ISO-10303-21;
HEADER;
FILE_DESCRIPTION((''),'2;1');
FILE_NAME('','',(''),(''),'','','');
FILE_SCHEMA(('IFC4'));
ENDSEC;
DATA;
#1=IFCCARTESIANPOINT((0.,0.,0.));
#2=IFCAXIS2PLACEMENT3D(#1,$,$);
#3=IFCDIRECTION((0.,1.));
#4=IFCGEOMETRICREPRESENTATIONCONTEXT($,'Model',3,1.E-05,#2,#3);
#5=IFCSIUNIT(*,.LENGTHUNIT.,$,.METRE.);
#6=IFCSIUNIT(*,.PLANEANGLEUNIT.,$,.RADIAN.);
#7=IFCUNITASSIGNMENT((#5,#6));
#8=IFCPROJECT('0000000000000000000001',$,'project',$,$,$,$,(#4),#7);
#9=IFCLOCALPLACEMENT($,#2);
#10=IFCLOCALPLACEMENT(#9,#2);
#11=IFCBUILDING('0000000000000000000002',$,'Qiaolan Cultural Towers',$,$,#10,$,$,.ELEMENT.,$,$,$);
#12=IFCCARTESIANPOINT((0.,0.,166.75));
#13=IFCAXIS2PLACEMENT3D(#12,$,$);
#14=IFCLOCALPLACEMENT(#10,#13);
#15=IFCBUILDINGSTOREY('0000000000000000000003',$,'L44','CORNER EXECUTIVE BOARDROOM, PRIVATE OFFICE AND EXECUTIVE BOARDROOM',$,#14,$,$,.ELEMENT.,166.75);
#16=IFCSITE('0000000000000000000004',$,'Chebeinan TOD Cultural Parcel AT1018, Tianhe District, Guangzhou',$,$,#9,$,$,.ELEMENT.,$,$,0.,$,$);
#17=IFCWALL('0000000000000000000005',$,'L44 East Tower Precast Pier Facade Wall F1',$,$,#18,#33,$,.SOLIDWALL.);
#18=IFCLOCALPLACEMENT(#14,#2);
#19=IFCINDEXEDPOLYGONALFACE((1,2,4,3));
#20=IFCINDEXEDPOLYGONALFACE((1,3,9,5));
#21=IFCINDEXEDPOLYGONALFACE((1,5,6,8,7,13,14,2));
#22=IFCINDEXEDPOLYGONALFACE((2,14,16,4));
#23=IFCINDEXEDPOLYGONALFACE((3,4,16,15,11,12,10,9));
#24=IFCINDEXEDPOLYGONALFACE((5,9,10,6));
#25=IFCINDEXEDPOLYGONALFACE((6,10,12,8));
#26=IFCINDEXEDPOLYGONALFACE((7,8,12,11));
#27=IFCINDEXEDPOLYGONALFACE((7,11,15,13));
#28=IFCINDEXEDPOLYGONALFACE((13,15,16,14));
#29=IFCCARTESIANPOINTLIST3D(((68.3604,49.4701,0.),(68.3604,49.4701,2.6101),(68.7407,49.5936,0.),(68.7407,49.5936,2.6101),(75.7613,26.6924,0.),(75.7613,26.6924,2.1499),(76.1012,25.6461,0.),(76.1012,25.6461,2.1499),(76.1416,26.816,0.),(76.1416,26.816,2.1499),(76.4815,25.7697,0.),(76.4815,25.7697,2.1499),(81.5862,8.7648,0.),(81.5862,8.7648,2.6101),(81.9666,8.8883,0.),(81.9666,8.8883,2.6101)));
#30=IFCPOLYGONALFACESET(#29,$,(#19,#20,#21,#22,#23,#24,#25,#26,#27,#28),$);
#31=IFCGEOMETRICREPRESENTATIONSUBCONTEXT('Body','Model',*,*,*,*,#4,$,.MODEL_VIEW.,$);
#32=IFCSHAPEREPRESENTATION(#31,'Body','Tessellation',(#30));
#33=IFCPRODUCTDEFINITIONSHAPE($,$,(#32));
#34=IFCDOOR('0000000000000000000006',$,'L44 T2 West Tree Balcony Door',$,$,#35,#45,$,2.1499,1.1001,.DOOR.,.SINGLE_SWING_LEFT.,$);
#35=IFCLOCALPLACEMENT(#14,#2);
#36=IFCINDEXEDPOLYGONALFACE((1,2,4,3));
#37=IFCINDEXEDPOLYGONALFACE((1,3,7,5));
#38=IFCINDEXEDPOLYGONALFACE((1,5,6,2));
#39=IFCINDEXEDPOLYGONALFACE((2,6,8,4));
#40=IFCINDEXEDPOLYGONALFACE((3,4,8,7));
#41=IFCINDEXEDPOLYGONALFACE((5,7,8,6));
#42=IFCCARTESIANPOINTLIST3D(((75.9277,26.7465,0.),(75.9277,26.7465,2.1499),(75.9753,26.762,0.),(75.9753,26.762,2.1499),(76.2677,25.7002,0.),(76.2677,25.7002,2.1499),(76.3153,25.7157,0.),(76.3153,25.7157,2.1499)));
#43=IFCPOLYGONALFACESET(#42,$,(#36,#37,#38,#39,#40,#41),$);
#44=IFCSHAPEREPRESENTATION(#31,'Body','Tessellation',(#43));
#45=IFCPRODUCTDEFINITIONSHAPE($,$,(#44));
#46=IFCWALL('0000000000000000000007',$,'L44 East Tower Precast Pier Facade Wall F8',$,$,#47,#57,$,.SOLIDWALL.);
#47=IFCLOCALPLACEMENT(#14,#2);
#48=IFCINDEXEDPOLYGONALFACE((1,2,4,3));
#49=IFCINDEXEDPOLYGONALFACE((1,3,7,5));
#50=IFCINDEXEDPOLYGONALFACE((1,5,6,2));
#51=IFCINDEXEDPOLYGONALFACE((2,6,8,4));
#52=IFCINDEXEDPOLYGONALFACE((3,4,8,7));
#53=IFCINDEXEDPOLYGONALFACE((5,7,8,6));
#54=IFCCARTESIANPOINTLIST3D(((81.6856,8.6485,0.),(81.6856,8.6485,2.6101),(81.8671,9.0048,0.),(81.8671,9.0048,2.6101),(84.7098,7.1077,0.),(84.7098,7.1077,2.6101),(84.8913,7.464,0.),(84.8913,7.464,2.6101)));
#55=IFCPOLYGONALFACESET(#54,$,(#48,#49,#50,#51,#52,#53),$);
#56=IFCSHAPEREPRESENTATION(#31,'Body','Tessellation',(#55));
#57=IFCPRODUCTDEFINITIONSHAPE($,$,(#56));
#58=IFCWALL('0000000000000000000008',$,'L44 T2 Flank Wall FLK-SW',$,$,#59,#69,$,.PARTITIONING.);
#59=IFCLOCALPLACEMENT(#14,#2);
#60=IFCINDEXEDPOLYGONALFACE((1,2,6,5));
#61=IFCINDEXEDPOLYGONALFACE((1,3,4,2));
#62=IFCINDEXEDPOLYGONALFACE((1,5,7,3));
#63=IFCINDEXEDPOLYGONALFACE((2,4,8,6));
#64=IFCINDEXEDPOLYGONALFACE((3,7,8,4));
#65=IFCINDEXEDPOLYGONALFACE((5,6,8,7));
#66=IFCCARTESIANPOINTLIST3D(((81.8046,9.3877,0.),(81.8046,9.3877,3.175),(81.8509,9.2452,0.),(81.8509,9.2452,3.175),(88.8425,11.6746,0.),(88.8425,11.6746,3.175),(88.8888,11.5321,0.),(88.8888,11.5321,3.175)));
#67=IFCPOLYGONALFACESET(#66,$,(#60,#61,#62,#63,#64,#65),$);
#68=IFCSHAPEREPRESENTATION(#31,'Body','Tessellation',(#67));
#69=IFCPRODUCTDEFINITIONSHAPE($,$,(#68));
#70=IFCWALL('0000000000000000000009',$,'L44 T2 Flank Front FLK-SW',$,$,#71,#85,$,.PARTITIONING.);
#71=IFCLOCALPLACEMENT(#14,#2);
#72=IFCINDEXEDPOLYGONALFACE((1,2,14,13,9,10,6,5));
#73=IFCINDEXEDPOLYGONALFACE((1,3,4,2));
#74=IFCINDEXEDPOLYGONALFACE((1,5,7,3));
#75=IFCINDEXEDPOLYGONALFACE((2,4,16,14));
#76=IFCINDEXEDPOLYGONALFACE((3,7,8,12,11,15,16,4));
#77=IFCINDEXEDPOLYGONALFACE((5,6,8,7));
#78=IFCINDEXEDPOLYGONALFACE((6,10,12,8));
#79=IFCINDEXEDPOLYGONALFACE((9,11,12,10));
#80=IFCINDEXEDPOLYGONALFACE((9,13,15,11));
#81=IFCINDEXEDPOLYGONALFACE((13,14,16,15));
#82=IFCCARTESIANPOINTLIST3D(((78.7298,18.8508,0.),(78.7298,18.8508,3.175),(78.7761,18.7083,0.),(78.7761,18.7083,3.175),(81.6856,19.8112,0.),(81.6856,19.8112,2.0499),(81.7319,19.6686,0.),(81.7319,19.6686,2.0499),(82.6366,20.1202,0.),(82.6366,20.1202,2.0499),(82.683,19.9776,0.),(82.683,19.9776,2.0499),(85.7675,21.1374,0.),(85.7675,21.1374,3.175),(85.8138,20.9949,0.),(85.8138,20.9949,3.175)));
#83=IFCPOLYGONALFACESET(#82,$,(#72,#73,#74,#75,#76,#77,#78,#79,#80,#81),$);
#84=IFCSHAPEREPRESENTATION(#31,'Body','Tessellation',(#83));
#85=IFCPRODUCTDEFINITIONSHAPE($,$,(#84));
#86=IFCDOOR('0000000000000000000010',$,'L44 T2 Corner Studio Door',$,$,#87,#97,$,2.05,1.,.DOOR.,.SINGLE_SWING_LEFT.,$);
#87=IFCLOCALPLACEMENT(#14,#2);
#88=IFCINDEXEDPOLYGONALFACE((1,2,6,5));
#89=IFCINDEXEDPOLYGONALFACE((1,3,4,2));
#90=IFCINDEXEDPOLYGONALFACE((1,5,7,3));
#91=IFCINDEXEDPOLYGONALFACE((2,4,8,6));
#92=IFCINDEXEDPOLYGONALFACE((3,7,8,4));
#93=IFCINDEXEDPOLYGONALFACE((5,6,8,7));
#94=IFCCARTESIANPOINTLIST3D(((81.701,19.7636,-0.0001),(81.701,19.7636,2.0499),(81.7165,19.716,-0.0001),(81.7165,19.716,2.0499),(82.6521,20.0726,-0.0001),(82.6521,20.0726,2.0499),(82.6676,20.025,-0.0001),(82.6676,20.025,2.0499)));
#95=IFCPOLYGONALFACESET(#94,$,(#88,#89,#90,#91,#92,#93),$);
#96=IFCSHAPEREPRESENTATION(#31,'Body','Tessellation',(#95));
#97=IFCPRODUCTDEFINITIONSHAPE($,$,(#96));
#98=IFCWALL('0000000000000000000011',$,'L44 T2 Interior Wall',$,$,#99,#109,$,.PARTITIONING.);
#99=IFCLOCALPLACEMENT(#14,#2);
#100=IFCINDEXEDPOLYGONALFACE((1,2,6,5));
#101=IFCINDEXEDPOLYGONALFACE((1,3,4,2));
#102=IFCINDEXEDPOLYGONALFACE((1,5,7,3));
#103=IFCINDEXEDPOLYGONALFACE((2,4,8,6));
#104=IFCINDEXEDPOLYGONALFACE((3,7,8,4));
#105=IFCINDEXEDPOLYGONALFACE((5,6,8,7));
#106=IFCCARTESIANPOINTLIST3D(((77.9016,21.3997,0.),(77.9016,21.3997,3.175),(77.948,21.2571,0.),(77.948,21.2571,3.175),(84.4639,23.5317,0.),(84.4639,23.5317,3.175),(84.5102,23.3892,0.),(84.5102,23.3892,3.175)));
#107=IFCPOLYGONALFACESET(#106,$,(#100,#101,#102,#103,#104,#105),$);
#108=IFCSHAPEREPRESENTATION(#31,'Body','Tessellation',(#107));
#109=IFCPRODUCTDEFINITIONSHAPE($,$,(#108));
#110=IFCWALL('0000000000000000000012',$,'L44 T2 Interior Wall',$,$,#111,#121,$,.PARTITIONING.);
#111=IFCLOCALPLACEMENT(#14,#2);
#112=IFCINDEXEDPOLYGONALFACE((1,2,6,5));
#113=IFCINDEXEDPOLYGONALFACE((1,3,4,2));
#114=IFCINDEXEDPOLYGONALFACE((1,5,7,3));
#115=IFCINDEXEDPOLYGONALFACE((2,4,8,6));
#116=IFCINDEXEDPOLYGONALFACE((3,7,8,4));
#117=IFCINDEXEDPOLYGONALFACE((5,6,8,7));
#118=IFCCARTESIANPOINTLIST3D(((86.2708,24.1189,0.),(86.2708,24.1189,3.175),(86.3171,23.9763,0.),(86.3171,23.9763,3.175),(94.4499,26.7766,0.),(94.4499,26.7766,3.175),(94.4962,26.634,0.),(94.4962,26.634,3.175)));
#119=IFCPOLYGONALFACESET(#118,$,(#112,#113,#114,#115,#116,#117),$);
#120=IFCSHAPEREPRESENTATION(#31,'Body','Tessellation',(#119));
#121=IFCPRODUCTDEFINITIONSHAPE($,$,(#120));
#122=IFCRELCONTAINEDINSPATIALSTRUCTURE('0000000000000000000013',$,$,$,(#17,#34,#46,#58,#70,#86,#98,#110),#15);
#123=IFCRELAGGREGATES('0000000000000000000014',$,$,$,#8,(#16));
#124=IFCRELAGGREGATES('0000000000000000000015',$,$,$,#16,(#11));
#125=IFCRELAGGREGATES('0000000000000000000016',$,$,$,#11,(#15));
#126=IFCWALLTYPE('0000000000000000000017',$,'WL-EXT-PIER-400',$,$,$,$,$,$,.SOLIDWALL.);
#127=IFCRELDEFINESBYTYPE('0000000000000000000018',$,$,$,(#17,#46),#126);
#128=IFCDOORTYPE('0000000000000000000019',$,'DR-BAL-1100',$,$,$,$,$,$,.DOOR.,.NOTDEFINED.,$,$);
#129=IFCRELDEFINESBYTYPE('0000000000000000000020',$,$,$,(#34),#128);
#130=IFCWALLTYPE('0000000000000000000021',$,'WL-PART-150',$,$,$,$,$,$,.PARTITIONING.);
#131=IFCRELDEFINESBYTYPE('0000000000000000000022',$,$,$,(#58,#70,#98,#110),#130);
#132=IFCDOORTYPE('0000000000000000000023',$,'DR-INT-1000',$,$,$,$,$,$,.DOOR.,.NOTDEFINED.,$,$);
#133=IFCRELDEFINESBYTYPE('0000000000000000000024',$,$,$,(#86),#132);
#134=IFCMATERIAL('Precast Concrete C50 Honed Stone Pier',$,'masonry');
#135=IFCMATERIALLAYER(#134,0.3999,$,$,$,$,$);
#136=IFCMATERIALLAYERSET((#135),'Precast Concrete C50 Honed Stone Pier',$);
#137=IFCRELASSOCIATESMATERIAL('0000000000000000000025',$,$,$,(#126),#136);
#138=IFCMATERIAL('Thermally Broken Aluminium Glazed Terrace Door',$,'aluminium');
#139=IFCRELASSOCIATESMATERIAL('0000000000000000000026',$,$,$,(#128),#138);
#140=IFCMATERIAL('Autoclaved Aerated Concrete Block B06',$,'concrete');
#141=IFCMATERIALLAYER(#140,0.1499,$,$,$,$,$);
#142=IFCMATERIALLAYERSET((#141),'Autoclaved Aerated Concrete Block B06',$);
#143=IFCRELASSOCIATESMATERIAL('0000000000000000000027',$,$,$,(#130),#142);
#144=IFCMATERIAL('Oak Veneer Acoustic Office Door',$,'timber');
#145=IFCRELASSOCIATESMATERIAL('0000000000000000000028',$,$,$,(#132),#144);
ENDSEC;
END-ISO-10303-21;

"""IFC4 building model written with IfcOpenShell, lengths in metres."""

from ifc_helpers import new_model, si_unit, direction, frame, frame_2d, origin, place, context, subcontext, project, spatial, rectangle, extrude, material, layer, layer_set, type_object, element, fill, save


model = new_model("IFC4")

# Units and contexts
model_context = context("Model", 3, precision=1e-05, world=origin(), true_north=direction((0.0, 1.0)))
body_context = subcontext(model_context, "Body", "Model", "MODEL_VIEW")
ifc_project = project(units=[si_unit("LENGTHUNIT", "METRE"), si_unit("PLANEANGLEUNIT", "RADIAN")], contexts=[model_context])

# Site, building, storey
site_placement = place(None, origin())
site = spatial("IfcSite", under=ifc_project, at=site_placement, Name="Chebeinan TOD Cultural Parcel AT1018, Tianhe District, Guangzhou", CompositionType="ELEMENT", RefElevation=0.0)
building_placement = place(site_placement, origin())
building = spatial("IfcBuilding", under=site, at=building_placement, Name="Qiaolan Cultural Towers", CompositionType="ELEMENT")
storey_placement = place(building_placement, frame((0.0, 0.0, 166.75)))
storey = spatial("IfcBuildingStorey", under=building, at=storey_placement, Name="L44", Description="CORNER EXECUTIVE BOARDROOM, PRIVATE OFFICE AND EXECUTIVE BOARDROOM", CompositionType="ELEMENT", Elevation=166.75)

# Wall, opening, door
ifc_material_1 = material(Name="Precast Concrete C50 Honed Stone Pier", Category="masonry")
ifc_layer_1 = layer(ifc_material_1, 0.3999)
ifc_layer_set_1 = layer_set([ifc_layer_1], Name="Precast Concrete C50 Honed Stone Pier")
wall_type_1 = type_object("IfcWallType", Name="WL-EXT-PIER-400", PredefinedType="SOLIDWALL", material=ifc_layer_set_1)
wall_1_placement = place(storey_placement, frame((81.7764, 8.8267, 0.0), z_axis=(0.0, 0.0, 1.0), x_axis=(-0.309014, 0.951057, 0.0)))
wall_1 = element("IfcWall", 1, at=wall_1_placement, inside=storey, type_object=wall_type_1, Name="L44 East Tower Precast Pier Facade Wall F1", PredefinedType="SOLIDWALL", context=body_context, shape_type="SweptSolid", body=[
    extrude(rectangle(XDim=42.8, YDim=0.3999, at=frame_2d((21.3999, 0.0))), origin(), (0.0, 0.0, 1.0), 2.6101),
])
opening_1_placement = place(wall_1_placement, frame((17.75, 0.0, 0.0)))
opening_1 = element("IfcOpeningElement", 2, at=opening_1_placement, cuts=wall_1, PredefinedType="OPENING", context=body_context, shape_type="SweptSolid", body=[
    extrude(rectangle(XDim=1.1001, YDim=2.1499, at=frame_2d((0.55, 1.075))), frame((0.0, 0.21, 0.0), z_axis=(0.0, -1.0, 0.0), x_axis=(1.0, 0.0, 0.0)), (0.0, 0.0, 1.0), 0.4199),
])
ifc_material_2 = material(Name="Thermally Broken Aluminium Glazed Terrace Door", Category="aluminium")
door_type_1 = type_object("IfcDoorType", Name="DR-BAL-1100", OperationType="NOTDEFINED", PredefinedType="DOOR", material=ifc_material_2)
door_1_placement = place(opening_1_placement, origin())
door_1 = element("IfcDoor", 3, at=door_1_placement, inside=storey, type_object=door_type_1, Name="L44 T2 West Tree Balcony Door", OperationType="SINGLE_SWING_LEFT", OverallHeight=2.1499, OverallWidth=1.1001, PredefinedType="DOOR", context=body_context, shape_type="SweptSolid", body=[
    extrude(rectangle(XDim=1.1001, YDim=2.1499, at=frame_2d((0.55, 1.075))), frame((0.0, 0.0249, 0.0), z_axis=(0.0, -1.0, 0.0), x_axis=(1.0, 0.0, 0.0)), (0.0, 0.0, 1.0), 0.05),
])
fill(opening_1, door_1)

# Walls
wall_2_placement = place(storey_placement, frame((84.8005, 7.2859, 0.0), z_axis=(0.0, 0.0, 1.0), x_axis=(-0.891021, 0.453962, 0.0)))
element("IfcWall", 4, at=wall_2_placement, inside=storey, type_object=wall_type_1, Name="L44 East Tower Precast Pier Facade Wall F8", PredefinedType="SOLIDWALL", context=body_context, shape_type="SweptSolid", body=[
    extrude(rectangle(XDim=3.394, YDim=0.3999, at=frame_2d((1.697, 0.0))), origin(), (0.0, 0.0, 1.0), 2.6101),
])
ifc_material_3 = material(Name="Autoclaved Aerated Concrete Block B06", Category="concrete")
ifc_layer_2 = layer(ifc_material_3, 0.1499)
ifc_layer_set_2 = layer_set([ifc_layer_2], Name="Autoclaved Aerated Concrete Block B06")
wall_type_2 = type_object("IfcWallType", Name="WL-PART-150", PredefinedType="PARTITIONING", material=ifc_layer_set_2)
wall_3_placement = place(storey_placement, frame((81.8276, 9.3164, 0.0), z_axis=(0.0, 0.0, 1.0), x_axis=(0.951051, 0.309033, 0.0)))
element("IfcWall", 5, at=wall_3_placement, inside=storey, type_object=wall_type_2, Name="L44 T2 Flank Wall FLK-SW", PredefinedType="PARTITIONING", context=body_context, shape_type="SweptSolid", body=[
    extrude(rectangle(XDim=7.4001, YDim=0.1499, at=frame_2d((3.7002, 0.0))), origin(), (0.0, 0.0, 1.0), 3.175),
])

# Wall, opening, door
wall_4_placement = place(storey_placement, frame((78.7529, 18.7795, 0.0), z_axis=(0.0, 0.0, 1.0), x_axis=(0.951061, 0.309003, 0.0)))
wall_4 = element("IfcWall", 6, at=wall_4_placement, inside=storey, type_object=wall_type_2, Name="L44 T2 Flank Front FLK-SW", PredefinedType="PARTITIONING", context=body_context, shape_type="SweptSolid", body=[
    extrude(rectangle(XDim=7.3999, YDim=0.1499, at=frame_2d((3.7, 0.0))), origin(), (0.0, 0.0, 1.0), 3.175),
])
opening_2_placement = place(wall_4_placement, frame((3.1079, 0.0, 0.0)))
opening_2 = element("IfcOpeningElement", 7, at=opening_2_placement, cuts=wall_4, PredefinedType="OPENING", context=body_context, shape_type="SweptSolid", body=[
    extrude(rectangle(XDim=1.0, YDim=2.05, at=frame_2d((0.5, 1.0249))), frame((0.0, 0.085, 0.0), z_axis=(0.0, -1.0, 0.0), x_axis=(1.0, 0.0, 0.0)), (0.0, 0.0, 1.0), 0.1699),
])
ifc_material_4 = material(Name="Oak Veneer Acoustic Office Door", Category="timber")
door_type_2 = type_object("IfcDoorType", Name="DR-INT-1000", OperationType="NOTDEFINED", PredefinedType="DOOR", material=ifc_material_4)
door_2_placement = place(opening_2_placement, origin())
door_2 = element("IfcDoor", 8, at=door_2_placement, inside=storey, type_object=door_type_2, Name="L44 T2 Corner Studio Door", OperationType="SINGLE_SWING_LEFT", OverallHeight=2.05, OverallWidth=1.0, PredefinedType="DOOR", context=body_context, shape_type="SweptSolid", body=[
    extrude(rectangle(XDim=1.0, YDim=2.05, at=frame_2d((0.5, 1.0249))), frame((0.0, 0.0249, 0.0), z_axis=(0.0, -1.0, 0.0), x_axis=(1.0, 0.0, 0.0)), (0.0, 0.0, 1.0), 0.05),
])
fill(opening_2, door_2)

# Walls
wall_5_placement = place(storey_placement, frame((77.9248, 21.3284, 0.0), z_axis=(0.0, 0.0, 1.0), x_axis=(0.951062, 0.309, 0.0)))
element("IfcWall", 9, at=wall_5_placement, inside=storey, type_object=wall_type_2, Name="L44 T2 Interior Wall", PredefinedType="PARTITIONING", context=body_context, shape_type="SweptSolid", body=[
    extrude(rectangle(XDim=6.8999, YDim=0.1499, at=frame_2d((3.45, 0.0))), origin(), (0.0, 0.0, 1.0), 3.175),
])
wall_6_placement = place(storey_placement, frame((86.2939, 24.0476, 0.0), z_axis=(0.0, 0.0, 1.0), x_axis=(0.951052, 0.309031, 0.0)))
element("IfcWall", 10, at=wall_6_placement, inside=storey, type_object=wall_type_2, Name="L44 T2 Interior Wall", PredefinedType="PARTITIONING", context=body_context, shape_type="SweptSolid", body=[
    extrude(rectangle(XDim=8.6001, YDim=0.1499, at=frame_2d((4.3, 0.0))), origin(), (0.0, 0.0, 1.0), 3.175),
])

save(model, "model.ifc")
